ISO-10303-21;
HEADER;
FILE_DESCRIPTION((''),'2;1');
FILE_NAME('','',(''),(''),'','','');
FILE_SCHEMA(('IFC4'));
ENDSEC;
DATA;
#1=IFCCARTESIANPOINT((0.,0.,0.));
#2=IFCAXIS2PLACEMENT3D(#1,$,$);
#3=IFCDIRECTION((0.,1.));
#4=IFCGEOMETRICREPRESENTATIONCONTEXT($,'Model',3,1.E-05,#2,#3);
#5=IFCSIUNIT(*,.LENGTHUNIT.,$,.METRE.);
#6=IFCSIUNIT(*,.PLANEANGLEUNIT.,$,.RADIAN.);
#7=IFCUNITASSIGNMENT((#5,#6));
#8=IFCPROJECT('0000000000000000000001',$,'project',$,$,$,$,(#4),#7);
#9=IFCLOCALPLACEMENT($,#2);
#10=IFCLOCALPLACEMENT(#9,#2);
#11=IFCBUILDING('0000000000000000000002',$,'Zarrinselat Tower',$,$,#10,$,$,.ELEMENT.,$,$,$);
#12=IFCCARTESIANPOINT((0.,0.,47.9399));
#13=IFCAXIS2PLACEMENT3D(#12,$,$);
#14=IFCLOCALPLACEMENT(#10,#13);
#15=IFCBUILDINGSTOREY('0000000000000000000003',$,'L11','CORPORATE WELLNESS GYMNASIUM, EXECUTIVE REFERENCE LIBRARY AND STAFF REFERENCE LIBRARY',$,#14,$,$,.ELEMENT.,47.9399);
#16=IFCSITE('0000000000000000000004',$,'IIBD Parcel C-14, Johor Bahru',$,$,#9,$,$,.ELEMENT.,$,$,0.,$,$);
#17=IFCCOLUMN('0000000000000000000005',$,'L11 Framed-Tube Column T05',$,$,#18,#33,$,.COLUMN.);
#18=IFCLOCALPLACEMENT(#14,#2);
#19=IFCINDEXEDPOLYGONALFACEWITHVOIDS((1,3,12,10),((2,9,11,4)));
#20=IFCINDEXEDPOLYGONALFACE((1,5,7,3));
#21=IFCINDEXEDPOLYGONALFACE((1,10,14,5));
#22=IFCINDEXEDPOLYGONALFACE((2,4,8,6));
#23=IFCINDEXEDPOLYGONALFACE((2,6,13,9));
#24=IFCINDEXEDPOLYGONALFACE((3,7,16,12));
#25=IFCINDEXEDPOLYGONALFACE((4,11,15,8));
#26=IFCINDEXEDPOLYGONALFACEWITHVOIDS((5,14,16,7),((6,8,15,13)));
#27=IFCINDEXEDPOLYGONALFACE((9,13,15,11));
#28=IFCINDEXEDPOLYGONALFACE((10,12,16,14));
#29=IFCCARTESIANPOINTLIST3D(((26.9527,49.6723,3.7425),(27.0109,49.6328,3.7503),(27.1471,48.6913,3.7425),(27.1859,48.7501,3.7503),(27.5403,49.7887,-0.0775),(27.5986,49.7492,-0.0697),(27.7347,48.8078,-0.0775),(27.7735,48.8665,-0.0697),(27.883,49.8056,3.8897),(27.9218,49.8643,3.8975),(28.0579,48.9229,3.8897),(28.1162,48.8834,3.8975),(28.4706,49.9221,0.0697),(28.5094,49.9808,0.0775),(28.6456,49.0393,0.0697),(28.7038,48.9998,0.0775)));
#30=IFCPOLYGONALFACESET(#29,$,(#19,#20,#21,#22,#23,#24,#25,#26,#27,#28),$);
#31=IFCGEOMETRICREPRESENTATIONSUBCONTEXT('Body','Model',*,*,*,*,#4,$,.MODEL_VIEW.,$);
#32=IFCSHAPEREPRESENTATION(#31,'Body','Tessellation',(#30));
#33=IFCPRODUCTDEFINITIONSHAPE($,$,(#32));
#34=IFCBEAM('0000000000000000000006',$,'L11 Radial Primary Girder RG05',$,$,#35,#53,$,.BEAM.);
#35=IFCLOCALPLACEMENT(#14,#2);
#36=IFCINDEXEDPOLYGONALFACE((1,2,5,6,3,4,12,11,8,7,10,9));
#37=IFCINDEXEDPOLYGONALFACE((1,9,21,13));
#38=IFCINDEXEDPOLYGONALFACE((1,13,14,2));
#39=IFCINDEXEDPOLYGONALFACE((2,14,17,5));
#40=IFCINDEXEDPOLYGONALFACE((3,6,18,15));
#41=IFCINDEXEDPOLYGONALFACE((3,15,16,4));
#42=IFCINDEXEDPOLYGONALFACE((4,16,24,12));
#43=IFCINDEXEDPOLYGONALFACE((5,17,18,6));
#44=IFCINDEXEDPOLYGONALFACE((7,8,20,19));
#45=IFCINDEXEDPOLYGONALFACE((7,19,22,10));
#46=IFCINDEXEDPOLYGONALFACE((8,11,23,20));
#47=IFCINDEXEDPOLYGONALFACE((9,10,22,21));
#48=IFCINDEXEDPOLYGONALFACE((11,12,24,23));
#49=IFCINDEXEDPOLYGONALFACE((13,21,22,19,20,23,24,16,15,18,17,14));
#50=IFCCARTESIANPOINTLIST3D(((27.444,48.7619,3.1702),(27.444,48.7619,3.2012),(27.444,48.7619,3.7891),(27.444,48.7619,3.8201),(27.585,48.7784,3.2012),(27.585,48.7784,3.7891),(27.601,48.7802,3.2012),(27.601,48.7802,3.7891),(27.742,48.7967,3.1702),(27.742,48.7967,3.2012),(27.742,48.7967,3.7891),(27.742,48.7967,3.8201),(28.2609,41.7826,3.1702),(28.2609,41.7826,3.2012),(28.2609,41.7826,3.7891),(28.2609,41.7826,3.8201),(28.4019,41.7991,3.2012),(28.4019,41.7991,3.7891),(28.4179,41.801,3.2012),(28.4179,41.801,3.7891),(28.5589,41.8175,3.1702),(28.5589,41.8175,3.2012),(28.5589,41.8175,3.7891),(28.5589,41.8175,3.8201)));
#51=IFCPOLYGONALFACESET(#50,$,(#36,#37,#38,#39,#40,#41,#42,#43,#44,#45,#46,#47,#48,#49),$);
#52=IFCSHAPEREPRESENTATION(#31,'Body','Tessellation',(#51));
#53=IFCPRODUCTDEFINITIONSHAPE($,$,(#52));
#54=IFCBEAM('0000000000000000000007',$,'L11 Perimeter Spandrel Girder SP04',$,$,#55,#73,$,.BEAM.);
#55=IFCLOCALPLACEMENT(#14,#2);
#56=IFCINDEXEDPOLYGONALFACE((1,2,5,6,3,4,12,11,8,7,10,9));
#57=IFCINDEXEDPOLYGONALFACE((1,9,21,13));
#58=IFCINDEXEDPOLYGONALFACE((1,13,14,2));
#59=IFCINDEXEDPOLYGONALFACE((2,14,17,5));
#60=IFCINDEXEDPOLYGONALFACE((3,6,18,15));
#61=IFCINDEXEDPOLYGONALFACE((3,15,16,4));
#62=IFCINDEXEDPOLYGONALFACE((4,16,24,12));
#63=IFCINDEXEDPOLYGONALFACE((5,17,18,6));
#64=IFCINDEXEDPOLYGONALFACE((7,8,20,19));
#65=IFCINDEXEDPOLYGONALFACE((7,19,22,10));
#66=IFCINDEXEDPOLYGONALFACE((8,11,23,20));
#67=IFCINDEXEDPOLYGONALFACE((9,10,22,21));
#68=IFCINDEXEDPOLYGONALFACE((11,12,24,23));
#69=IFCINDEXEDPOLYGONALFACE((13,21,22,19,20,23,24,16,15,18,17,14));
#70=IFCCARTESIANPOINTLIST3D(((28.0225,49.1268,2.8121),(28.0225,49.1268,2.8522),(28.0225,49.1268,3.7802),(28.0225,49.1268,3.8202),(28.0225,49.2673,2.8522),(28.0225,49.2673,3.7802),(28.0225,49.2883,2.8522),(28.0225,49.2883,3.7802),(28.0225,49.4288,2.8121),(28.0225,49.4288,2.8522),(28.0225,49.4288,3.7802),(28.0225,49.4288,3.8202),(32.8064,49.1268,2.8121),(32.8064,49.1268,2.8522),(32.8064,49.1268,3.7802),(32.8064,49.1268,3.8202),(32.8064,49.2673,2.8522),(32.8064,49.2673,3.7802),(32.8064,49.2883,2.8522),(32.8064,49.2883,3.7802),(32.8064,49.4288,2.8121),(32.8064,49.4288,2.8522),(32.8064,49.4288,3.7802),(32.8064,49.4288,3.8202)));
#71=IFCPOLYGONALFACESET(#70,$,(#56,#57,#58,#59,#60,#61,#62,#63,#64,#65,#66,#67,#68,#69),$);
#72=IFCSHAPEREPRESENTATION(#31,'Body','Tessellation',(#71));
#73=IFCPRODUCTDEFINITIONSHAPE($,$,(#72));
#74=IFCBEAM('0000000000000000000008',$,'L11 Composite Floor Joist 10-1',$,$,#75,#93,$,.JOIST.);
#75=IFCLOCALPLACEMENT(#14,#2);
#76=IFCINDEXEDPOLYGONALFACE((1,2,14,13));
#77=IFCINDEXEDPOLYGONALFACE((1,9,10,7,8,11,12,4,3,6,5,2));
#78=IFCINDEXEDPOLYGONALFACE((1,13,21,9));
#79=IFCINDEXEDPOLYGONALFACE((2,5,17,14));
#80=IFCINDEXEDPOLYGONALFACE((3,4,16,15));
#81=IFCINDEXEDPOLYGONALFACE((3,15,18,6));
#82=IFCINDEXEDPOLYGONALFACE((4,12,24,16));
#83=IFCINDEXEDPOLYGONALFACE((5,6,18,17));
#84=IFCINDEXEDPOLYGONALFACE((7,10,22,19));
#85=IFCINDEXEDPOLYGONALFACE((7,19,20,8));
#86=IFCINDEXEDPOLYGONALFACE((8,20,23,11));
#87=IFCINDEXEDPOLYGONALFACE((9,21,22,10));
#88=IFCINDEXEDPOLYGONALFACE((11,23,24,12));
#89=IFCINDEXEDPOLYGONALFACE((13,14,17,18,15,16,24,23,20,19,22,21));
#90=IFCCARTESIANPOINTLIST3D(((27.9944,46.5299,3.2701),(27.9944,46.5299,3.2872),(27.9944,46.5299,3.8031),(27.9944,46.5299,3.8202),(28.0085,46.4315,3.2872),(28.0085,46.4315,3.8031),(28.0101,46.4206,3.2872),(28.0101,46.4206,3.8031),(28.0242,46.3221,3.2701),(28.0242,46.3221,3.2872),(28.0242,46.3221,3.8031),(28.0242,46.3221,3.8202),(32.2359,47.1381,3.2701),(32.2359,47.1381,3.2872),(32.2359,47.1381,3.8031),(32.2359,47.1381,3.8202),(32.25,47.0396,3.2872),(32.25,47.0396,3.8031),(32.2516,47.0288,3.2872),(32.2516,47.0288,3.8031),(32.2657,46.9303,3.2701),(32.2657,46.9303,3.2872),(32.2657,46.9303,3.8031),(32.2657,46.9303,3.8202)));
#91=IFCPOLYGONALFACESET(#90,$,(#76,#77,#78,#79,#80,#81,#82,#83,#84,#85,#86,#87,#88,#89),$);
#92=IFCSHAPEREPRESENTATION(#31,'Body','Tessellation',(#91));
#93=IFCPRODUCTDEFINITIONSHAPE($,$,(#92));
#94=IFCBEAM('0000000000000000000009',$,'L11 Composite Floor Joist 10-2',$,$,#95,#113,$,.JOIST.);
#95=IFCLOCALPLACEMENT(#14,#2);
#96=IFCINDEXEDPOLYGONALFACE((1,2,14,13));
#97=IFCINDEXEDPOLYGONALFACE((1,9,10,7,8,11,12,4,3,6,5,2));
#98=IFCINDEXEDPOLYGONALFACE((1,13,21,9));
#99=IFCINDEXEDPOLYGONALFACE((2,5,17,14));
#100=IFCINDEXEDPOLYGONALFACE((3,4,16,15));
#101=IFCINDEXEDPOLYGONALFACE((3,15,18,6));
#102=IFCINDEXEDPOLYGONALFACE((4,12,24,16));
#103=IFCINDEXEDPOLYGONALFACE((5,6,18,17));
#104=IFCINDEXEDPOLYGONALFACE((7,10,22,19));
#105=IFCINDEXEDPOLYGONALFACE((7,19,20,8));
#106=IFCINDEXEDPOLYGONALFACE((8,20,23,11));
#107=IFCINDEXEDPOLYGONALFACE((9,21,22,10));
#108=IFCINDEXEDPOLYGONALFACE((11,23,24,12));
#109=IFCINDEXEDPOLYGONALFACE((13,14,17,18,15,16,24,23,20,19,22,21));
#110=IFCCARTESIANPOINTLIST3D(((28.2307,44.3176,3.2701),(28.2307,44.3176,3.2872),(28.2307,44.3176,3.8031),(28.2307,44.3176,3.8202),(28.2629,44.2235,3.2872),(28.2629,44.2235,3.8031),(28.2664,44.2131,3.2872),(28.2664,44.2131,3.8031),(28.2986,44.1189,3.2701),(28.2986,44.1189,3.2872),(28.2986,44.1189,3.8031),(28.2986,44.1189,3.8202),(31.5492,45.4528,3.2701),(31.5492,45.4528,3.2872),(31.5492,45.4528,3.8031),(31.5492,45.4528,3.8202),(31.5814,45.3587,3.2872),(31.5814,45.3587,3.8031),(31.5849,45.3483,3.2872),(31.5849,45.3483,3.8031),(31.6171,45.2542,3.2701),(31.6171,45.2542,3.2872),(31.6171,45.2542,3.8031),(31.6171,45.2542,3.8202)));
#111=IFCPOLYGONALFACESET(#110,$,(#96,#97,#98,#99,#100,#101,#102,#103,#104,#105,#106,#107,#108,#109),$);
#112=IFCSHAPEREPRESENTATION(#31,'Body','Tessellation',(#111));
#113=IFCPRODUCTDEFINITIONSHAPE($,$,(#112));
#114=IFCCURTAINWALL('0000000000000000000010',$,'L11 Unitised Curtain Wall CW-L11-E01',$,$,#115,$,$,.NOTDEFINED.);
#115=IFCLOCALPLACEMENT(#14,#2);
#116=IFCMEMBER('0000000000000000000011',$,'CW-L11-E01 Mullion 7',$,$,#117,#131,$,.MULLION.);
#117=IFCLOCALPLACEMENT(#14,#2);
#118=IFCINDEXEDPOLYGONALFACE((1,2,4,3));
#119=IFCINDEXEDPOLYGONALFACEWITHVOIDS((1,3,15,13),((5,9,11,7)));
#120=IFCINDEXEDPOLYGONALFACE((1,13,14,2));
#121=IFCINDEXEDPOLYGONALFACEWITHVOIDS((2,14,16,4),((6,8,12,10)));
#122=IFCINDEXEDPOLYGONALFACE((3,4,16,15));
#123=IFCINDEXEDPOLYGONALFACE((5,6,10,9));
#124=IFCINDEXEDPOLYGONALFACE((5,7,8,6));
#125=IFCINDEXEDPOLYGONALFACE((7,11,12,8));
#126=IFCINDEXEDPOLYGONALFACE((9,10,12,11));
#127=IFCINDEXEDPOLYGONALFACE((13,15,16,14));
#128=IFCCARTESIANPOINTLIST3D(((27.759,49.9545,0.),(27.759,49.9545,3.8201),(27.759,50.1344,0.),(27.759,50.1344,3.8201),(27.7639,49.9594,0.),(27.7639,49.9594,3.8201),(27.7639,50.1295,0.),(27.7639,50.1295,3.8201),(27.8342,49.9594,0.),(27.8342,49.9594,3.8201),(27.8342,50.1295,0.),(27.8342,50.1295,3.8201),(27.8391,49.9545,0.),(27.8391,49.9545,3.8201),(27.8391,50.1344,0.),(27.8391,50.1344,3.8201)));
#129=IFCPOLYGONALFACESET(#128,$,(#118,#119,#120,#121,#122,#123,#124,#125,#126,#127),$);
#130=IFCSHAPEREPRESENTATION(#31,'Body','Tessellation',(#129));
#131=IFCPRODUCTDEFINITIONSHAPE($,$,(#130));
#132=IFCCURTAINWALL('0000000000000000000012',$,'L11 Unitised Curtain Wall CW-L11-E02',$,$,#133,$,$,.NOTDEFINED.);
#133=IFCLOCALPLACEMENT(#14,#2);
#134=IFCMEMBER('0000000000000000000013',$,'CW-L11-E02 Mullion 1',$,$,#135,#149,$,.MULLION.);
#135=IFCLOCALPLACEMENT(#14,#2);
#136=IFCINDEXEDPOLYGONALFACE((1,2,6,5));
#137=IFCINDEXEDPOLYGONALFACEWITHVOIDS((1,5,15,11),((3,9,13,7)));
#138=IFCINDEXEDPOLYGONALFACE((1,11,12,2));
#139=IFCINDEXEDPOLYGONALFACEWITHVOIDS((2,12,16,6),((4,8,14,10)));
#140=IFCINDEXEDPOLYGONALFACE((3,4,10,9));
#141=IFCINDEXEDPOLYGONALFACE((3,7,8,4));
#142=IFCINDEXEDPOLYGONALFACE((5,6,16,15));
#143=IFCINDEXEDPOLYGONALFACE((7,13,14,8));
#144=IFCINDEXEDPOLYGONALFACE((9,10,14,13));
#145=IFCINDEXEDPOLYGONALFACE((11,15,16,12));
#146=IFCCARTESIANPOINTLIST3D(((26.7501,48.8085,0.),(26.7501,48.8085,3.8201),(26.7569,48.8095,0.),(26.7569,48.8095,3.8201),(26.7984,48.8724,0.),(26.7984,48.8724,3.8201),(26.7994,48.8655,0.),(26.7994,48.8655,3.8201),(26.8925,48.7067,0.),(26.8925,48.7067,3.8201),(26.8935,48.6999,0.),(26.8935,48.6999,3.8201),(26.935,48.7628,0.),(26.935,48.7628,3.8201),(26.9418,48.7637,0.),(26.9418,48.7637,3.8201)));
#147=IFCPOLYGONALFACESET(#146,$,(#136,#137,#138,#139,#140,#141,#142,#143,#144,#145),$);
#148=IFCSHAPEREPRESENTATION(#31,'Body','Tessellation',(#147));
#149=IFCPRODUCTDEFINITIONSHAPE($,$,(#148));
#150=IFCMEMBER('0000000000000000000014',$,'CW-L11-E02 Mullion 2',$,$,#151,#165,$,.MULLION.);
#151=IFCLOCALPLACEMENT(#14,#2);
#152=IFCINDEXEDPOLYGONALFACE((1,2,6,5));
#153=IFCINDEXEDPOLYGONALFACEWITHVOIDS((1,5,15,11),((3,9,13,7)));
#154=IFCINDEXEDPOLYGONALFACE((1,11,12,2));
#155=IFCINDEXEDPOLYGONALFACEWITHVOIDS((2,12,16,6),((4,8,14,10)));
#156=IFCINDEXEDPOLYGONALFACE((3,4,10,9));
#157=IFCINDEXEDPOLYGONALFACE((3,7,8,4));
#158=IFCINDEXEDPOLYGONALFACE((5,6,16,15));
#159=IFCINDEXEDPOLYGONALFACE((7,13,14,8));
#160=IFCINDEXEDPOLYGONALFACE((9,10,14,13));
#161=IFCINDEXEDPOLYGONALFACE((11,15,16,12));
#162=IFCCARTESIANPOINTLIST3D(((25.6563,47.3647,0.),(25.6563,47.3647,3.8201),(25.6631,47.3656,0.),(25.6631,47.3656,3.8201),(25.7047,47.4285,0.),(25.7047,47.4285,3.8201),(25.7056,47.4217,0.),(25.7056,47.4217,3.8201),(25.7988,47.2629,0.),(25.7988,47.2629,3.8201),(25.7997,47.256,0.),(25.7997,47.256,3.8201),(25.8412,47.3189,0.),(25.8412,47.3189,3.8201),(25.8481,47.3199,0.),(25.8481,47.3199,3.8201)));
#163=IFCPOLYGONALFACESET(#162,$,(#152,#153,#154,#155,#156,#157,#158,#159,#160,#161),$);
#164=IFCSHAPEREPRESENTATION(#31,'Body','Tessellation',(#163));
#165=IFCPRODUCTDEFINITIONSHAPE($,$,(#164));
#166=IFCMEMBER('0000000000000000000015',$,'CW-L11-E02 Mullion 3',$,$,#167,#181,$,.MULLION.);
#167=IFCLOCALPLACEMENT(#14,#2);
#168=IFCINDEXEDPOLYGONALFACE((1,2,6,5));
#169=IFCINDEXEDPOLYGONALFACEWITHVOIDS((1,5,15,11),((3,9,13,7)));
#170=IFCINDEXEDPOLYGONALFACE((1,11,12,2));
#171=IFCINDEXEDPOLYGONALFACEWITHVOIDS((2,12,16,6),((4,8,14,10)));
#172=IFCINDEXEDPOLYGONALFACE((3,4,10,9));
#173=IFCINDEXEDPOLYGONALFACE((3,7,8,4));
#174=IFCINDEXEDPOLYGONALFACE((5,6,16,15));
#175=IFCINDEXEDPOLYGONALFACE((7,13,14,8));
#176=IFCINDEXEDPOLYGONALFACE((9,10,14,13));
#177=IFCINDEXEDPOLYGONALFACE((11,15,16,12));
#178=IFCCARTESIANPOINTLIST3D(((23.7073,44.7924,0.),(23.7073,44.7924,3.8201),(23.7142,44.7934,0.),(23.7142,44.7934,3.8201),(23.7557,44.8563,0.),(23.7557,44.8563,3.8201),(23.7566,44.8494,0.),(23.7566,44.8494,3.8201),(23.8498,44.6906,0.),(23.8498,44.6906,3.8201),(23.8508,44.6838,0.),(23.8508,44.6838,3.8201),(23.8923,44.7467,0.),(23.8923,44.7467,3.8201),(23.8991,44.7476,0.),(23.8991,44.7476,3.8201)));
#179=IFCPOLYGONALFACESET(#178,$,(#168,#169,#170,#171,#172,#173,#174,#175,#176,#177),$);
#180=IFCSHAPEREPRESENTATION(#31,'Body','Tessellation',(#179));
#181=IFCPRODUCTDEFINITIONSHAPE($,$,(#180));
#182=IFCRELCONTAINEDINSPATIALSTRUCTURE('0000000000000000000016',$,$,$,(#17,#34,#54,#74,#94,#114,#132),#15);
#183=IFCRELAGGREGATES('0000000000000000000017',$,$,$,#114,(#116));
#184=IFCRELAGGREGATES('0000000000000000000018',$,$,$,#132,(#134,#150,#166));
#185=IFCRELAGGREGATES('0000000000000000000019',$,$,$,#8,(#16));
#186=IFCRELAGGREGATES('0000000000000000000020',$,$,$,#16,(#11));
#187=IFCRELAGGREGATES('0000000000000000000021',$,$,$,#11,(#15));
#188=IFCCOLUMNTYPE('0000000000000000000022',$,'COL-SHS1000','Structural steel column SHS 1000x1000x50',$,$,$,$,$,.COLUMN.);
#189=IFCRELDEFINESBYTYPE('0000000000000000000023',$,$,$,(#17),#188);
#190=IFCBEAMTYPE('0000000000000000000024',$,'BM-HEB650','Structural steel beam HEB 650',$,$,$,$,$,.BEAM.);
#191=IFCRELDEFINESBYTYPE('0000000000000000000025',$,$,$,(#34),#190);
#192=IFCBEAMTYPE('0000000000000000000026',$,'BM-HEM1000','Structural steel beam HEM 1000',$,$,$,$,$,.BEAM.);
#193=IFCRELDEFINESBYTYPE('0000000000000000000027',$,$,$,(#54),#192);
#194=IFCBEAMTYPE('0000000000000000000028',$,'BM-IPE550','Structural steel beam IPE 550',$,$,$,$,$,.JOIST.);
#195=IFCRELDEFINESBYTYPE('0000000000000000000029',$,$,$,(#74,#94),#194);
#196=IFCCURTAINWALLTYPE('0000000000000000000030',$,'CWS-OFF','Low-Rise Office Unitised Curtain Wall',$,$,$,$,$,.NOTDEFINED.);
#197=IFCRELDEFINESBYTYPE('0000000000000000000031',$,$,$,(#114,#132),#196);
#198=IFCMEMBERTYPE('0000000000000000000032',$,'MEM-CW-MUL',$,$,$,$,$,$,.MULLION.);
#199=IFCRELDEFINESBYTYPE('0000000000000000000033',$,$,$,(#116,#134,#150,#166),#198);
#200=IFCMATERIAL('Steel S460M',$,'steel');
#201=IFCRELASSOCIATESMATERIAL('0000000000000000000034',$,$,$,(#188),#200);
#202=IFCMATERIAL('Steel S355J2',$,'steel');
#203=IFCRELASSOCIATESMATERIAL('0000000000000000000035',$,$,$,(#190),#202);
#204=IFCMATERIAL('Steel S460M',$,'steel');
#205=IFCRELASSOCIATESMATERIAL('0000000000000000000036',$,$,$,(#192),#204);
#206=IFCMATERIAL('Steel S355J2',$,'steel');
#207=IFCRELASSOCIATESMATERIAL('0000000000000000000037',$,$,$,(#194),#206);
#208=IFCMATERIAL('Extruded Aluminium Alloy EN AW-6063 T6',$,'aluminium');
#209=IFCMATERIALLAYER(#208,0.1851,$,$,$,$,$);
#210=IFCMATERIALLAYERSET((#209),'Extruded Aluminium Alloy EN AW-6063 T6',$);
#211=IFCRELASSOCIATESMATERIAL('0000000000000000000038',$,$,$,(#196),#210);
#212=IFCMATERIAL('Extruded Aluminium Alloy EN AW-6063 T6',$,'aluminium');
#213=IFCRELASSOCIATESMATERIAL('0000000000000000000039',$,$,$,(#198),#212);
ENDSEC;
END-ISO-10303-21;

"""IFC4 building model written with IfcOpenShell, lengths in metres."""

from ifc_helpers import new_model, si_unit, direction, frame, origin, origin_2d, place, context, subcontext, project, spatial, hollow_rectangle, i_section, extrude, material, layer, layer_set, material_profile, profile_set, type_object, element, aggregate, save


model = new_model("IFC4")

# Units and contexts
model_context = context("Model", 3, precision=1e-05, world=origin(), true_north=direction((0.0, 1.0)))
body_context = subcontext(model_context, "Body", "Model", "MODEL_VIEW")
ifc_project = project(units=[si_unit("LENGTHUNIT", "METRE"), si_unit("PLANEANGLEUNIT", "RADIAN")], contexts=[model_context])

# Site, building, storey
site_placement = place(None, origin())
site = spatial("IfcSite", under=ifc_project, at=site_placement, Name="IIBD Parcel C-14, Johor Bahru", CompositionType="ELEMENT", RefElevation=0.0)
building_placement = place(site_placement, origin())
building = spatial("IfcBuilding", under=site, at=building_placement, Name="Zarrinselat Tower", CompositionType="ELEMENT")
storey_placement = place(building_placement, frame((0.0, 0.0, 47.9399)))
storey = spatial("IfcBuildingStorey", under=building, at=storey_placement, Name="L11", Description="CORPORATE WELLNESS GYMNASIUM, EXECUTIVE REFERENCE LIBRARY AND STAFF REFERENCE LIBRARY", CompositionType="ELEMENT", Elevation=47.9399)

# Column
ifc_material_1 = material(Name="Steel S460M", Category="steel")
ifc_material_profile_1 = material_profile(ifc_material_1, hollow_rectangle(XDim=1.0, YDim=1.0, WallThickness=0.05, at=origin_2d()), Name="SHS 1000x1000x50")
ifc_profile_set_1 = profile_set([ifc_material_profile_1], Name="Steel S460M")
column_type = type_object("IfcColumnType", Name="COL-SHS1000", Description="Structural steel column SHS 1000x1000x50", PredefinedType="COLUMN", material=ifc_profile_set_1)
column_placement = place(storey_placement, frame((28.1221, 49.3943, 0.0), z_axis=(-0.151974, -0.030117, 0.987926), x_axis=(0.194392, -0.980924, 0.0)))
element("IfcColumn", 1, at=column_placement, inside=storey, type_object=column_type, Name="L11 Framed-Tube Column T05", PredefinedType="COLUMN", context=body_context, shape_type="SweptSolid", body=[
    extrude(hollow_rectangle(XDim=1.0, YDim=1.0, WallThickness=0.05, at=origin_2d()), origin(), (0.0, 0.0, 1.0), 3.8667),
])

# Beams
ifc_material_2 = material(Name="Steel S355J2", Category="steel")
ifc_material_profile_2 = material_profile(ifc_material_2, i_section(OverallWidth=0.3, OverallDepth=0.6499, WebThickness=0.0161, FlangeThickness=0.031, at=origin_2d()), Name="HEB 650")
ifc_profile_set_2 = profile_set([ifc_material_profile_2], Name="Steel S355J2")
beam_type_1 = type_object("IfcBeamType", Name="BM-HEB650", Description="Structural steel beam HEB 650", PredefinedType="BEAM", material=ifc_profile_set_2)
beam_1_placement = place(storey_placement, frame((27.593, 48.7793, 3.4951), z_axis=(0.116253, -0.99322, 0.0), x_axis=(0.99322, 0.116253, 0.0)))
element("IfcBeam", 2, at=beam_1_placement, inside=storey, type_object=beam_type_1, Name="L11 Radial Primary Girder RG05", PredefinedType="BEAM", context=body_context, shape_type="SweptSolid", body=[
    extrude(i_section(OverallWidth=0.3, OverallDepth=0.6499, WebThickness=0.0161, FlangeThickness=0.031, at=origin_2d()), origin(), (0.0, 0.0, 1.0), 7.0269),
])
ifc_material_3 = material(Name="Steel S460M", Category="steel")
ifc_material_profile_3 = material_profile(ifc_material_3, i_section(OverallWidth=0.302, OverallDepth=1.0081, WebThickness=0.021, FlangeThickness=0.04, at=origin_2d()), Name="HEM 1000")
ifc_profile_set_3 = profile_set([ifc_material_profile_3], Name="Steel S460M")
beam_type_2 = type_object("IfcBeamType", Name="BM-HEM1000", Description="Structural steel beam HEM 1000", PredefinedType="BEAM", material=ifc_profile_set_3)
beam_2_placement = place(storey_placement, frame((28.0225, 49.2778, 3.3162), z_axis=(1.0, 0.0, 0.0), x_axis=(0.0, 1.0, 0.0)))
element("IfcBeam", 3, at=beam_2_placement, inside=storey, type_object=beam_type_2, Name="L11 Perimeter Spandrel Girder SP04", PredefinedType="BEAM", context=body_context, shape_type="SweptSolid", body=[
    extrude(i_section(OverallWidth=0.302, OverallDepth=1.0081, WebThickness=0.021, FlangeThickness=0.04, at=origin_2d()), origin(), (0.0, 0.0, 1.0), 4.7839),
])
ifc_material_4 = material(Name="Steel S355J2", Category="steel")
ifc_material_profile_4 = material_profile(ifc_material_4, i_section(OverallWidth=0.21, OverallDepth=0.55, WebThickness=0.011, FlangeThickness=0.0171, at=origin_2d()), Name="IPE 550")
ifc_profile_set_4 = profile_set([ifc_material_profile_4], Name="Steel S355J2")
beam_type_3 = type_object("IfcBeamType", Name="BM-IPE550", Description="Structural steel beam IPE 550", PredefinedType="JOIST", material=ifc_profile_set_4)
beam_3_placement = place(storey_placement, frame((28.0093, 46.426, 3.5452), z_axis=(0.989876, 0.141932, 0.0), x_axis=(-0.141932, 0.989876, 0.0)))
element("IfcBeam", 4, at=beam_3_placement, inside=storey, type_object=beam_type_3, Name="L11 Composite Floor Joist 10-1", PredefinedType="JOIST", context=body_context, shape_type="SweptSolid", body=[
    extrude(i_section(OverallWidth=0.21, OverallDepth=0.55, WebThickness=0.011, FlangeThickness=0.0171, at=origin_2d()), origin(), (0.0, 0.0, 1.0), 4.2849),
])
beam_4_placement = place(storey_placement, frame((28.2646, 44.2183, 3.5452), z_axis=(0.946169, 0.323673, 0.0), x_axis=(-0.323673, 0.946169, 0.0)))
element("IfcBeam", 5, at=beam_4_placement, inside=storey, type_object=beam_type_3, Name="L11 Composite Floor Joist 10-2", PredefinedType="JOIST", context=body_context, shape_type="SweptSolid", body=[
    extrude(i_section(OverallWidth=0.21, OverallDepth=0.55, WebThickness=0.011, FlangeThickness=0.0171, at=origin_2d()), origin(), (0.0, 0.0, 1.0), 3.5073),
])

# Curtain wall, member
ifc_material_5 = material(Name="Extruded Aluminium Alloy EN AW-6063 T6", Category="aluminium")
ifc_layer_1 = layer(ifc_material_5, 0.1851)
ifc_layer_set_1 = layer_set([ifc_layer_1], Name="Extruded Aluminium Alloy EN AW-6063 T6")
curtain_wall_type = type_object("IfcCurtainWallType", Name="CWS-OFF", Description="Low-Rise Office Unitised Curtain Wall", PredefinedType="NOTDEFINED", material=ifc_layer_set_1)
curtain_wall_1_placement = place(storey_placement, origin())
curtain_wall_1 = element("IfcCurtainWall", 6, at=curtain_wall_1_placement, inside=storey, type_object=curtain_wall_type, Name="L11 Unitised Curtain Wall CW-L11-E01", PredefinedType="NOTDEFINED")
ifc_material_6 = material(Name="Extruded Aluminium Alloy EN AW-6063 T6", Category="aluminium")
ifc_material_profile_5 = material_profile(ifc_material_6, hollow_rectangle(XDim=0.0801, YDim=0.1799, WallThickness=0.0049, at=origin_2d()), Name="RHS 180x80x5")
ifc_profile_set_5 = profile_set([ifc_material_profile_5], Name="Extruded Aluminium Alloy EN AW-6063 T6")
member_type_1 = type_object("IfcMemberType", Name="MEM-CW-MUL", PredefinedType="MULLION", material=ifc_profile_set_5)
member_1_placement = place(storey_placement, frame((27.7991, 50.0444, 0.0), z_axis=(0.0, 0.0, 1.0), x_axis=(-1.0, 0.0, 0.0)))
member_1 = element("IfcMember", 7, at=member_1_placement, type_object=member_type_1, Name="CW-L11-E01 Mullion 7", PredefinedType="MULLION", context=body_context, shape_type="SweptSolid", body=[
    extrude(hollow_rectangle(XDim=0.0801, YDim=0.1799, WallThickness=0.0049, at=origin_2d()), origin(), (0.0, 0.0, 1.0), 3.8201),
])
aggregate(curtain_wall_1, [member_1])

# Curtain wall, members
curtain_wall_2_placement = place(storey_placement, origin())
curtain_wall_2 = element("IfcCurtainWall", 8, at=curtain_wall_2_placement, inside=storey, type_object=curtain_wall_type, Name="L11 Unitised Curtain Wall CW-L11-E02", PredefinedType="NOTDEFINED")
member_2_placement = place(storey_placement, frame((26.8459, 48.7861, 0.0), z_axis=(0.0, 0.0, 1.0), x_axis=(-0.603857, -0.797093, 0.0)))
member_2 = element("IfcMember", 9, at=member_2_placement, type_object=member_type_1, Name="CW-L11-E02 Mullion 1", PredefinedType="MULLION", context=body_context, shape_type="SweptSolid", body=[
    extrude(hollow_rectangle(XDim=0.0801, YDim=0.1799, WallThickness=0.0049, at=origin_2d()), origin(), (0.0, 0.0, 1.0), 3.8201),
])
member_3_placement = place(storey_placement, frame((25.7522, 47.3423, 0.0), z_axis=(0.0, 0.0, 1.0), x_axis=(-0.603857, -0.797093, 0.0)))
member_3 = element("IfcMember", 10, at=member_3_placement, type_object=member_type_1, Name="CW-L11-E02 Mullion 2", PredefinedType="MULLION", context=body_context, shape_type="SweptSolid", body=[
    extrude(hollow_rectangle(XDim=0.0801, YDim=0.1799, WallThickness=0.0049, at=origin_2d()), origin(), (0.0, 0.0, 1.0), 3.8201),
])
member_4_placement = place(storey_placement, frame((23.8032, 44.77, 0.0), z_axis=(0.0, 0.0, 1.0), x_axis=(-0.603857, -0.797093, 0.0)))
member_4 = element("IfcMember", 11, at=member_4_placement, type_object=member_type_1, Name="CW-L11-E02 Mullion 3", PredefinedType="MULLION", context=body_context, shape_type="SweptSolid", body=[
    extrude(hollow_rectangle(XDim=0.0801, YDim=0.1799, WallThickness=0.0049, at=origin_2d()), origin(), (0.0, 0.0, 1.0), 3.8201),
])
aggregate(curtain_wall_2, [member_2, member_3, member_4])

save(model, "model.ifc")
